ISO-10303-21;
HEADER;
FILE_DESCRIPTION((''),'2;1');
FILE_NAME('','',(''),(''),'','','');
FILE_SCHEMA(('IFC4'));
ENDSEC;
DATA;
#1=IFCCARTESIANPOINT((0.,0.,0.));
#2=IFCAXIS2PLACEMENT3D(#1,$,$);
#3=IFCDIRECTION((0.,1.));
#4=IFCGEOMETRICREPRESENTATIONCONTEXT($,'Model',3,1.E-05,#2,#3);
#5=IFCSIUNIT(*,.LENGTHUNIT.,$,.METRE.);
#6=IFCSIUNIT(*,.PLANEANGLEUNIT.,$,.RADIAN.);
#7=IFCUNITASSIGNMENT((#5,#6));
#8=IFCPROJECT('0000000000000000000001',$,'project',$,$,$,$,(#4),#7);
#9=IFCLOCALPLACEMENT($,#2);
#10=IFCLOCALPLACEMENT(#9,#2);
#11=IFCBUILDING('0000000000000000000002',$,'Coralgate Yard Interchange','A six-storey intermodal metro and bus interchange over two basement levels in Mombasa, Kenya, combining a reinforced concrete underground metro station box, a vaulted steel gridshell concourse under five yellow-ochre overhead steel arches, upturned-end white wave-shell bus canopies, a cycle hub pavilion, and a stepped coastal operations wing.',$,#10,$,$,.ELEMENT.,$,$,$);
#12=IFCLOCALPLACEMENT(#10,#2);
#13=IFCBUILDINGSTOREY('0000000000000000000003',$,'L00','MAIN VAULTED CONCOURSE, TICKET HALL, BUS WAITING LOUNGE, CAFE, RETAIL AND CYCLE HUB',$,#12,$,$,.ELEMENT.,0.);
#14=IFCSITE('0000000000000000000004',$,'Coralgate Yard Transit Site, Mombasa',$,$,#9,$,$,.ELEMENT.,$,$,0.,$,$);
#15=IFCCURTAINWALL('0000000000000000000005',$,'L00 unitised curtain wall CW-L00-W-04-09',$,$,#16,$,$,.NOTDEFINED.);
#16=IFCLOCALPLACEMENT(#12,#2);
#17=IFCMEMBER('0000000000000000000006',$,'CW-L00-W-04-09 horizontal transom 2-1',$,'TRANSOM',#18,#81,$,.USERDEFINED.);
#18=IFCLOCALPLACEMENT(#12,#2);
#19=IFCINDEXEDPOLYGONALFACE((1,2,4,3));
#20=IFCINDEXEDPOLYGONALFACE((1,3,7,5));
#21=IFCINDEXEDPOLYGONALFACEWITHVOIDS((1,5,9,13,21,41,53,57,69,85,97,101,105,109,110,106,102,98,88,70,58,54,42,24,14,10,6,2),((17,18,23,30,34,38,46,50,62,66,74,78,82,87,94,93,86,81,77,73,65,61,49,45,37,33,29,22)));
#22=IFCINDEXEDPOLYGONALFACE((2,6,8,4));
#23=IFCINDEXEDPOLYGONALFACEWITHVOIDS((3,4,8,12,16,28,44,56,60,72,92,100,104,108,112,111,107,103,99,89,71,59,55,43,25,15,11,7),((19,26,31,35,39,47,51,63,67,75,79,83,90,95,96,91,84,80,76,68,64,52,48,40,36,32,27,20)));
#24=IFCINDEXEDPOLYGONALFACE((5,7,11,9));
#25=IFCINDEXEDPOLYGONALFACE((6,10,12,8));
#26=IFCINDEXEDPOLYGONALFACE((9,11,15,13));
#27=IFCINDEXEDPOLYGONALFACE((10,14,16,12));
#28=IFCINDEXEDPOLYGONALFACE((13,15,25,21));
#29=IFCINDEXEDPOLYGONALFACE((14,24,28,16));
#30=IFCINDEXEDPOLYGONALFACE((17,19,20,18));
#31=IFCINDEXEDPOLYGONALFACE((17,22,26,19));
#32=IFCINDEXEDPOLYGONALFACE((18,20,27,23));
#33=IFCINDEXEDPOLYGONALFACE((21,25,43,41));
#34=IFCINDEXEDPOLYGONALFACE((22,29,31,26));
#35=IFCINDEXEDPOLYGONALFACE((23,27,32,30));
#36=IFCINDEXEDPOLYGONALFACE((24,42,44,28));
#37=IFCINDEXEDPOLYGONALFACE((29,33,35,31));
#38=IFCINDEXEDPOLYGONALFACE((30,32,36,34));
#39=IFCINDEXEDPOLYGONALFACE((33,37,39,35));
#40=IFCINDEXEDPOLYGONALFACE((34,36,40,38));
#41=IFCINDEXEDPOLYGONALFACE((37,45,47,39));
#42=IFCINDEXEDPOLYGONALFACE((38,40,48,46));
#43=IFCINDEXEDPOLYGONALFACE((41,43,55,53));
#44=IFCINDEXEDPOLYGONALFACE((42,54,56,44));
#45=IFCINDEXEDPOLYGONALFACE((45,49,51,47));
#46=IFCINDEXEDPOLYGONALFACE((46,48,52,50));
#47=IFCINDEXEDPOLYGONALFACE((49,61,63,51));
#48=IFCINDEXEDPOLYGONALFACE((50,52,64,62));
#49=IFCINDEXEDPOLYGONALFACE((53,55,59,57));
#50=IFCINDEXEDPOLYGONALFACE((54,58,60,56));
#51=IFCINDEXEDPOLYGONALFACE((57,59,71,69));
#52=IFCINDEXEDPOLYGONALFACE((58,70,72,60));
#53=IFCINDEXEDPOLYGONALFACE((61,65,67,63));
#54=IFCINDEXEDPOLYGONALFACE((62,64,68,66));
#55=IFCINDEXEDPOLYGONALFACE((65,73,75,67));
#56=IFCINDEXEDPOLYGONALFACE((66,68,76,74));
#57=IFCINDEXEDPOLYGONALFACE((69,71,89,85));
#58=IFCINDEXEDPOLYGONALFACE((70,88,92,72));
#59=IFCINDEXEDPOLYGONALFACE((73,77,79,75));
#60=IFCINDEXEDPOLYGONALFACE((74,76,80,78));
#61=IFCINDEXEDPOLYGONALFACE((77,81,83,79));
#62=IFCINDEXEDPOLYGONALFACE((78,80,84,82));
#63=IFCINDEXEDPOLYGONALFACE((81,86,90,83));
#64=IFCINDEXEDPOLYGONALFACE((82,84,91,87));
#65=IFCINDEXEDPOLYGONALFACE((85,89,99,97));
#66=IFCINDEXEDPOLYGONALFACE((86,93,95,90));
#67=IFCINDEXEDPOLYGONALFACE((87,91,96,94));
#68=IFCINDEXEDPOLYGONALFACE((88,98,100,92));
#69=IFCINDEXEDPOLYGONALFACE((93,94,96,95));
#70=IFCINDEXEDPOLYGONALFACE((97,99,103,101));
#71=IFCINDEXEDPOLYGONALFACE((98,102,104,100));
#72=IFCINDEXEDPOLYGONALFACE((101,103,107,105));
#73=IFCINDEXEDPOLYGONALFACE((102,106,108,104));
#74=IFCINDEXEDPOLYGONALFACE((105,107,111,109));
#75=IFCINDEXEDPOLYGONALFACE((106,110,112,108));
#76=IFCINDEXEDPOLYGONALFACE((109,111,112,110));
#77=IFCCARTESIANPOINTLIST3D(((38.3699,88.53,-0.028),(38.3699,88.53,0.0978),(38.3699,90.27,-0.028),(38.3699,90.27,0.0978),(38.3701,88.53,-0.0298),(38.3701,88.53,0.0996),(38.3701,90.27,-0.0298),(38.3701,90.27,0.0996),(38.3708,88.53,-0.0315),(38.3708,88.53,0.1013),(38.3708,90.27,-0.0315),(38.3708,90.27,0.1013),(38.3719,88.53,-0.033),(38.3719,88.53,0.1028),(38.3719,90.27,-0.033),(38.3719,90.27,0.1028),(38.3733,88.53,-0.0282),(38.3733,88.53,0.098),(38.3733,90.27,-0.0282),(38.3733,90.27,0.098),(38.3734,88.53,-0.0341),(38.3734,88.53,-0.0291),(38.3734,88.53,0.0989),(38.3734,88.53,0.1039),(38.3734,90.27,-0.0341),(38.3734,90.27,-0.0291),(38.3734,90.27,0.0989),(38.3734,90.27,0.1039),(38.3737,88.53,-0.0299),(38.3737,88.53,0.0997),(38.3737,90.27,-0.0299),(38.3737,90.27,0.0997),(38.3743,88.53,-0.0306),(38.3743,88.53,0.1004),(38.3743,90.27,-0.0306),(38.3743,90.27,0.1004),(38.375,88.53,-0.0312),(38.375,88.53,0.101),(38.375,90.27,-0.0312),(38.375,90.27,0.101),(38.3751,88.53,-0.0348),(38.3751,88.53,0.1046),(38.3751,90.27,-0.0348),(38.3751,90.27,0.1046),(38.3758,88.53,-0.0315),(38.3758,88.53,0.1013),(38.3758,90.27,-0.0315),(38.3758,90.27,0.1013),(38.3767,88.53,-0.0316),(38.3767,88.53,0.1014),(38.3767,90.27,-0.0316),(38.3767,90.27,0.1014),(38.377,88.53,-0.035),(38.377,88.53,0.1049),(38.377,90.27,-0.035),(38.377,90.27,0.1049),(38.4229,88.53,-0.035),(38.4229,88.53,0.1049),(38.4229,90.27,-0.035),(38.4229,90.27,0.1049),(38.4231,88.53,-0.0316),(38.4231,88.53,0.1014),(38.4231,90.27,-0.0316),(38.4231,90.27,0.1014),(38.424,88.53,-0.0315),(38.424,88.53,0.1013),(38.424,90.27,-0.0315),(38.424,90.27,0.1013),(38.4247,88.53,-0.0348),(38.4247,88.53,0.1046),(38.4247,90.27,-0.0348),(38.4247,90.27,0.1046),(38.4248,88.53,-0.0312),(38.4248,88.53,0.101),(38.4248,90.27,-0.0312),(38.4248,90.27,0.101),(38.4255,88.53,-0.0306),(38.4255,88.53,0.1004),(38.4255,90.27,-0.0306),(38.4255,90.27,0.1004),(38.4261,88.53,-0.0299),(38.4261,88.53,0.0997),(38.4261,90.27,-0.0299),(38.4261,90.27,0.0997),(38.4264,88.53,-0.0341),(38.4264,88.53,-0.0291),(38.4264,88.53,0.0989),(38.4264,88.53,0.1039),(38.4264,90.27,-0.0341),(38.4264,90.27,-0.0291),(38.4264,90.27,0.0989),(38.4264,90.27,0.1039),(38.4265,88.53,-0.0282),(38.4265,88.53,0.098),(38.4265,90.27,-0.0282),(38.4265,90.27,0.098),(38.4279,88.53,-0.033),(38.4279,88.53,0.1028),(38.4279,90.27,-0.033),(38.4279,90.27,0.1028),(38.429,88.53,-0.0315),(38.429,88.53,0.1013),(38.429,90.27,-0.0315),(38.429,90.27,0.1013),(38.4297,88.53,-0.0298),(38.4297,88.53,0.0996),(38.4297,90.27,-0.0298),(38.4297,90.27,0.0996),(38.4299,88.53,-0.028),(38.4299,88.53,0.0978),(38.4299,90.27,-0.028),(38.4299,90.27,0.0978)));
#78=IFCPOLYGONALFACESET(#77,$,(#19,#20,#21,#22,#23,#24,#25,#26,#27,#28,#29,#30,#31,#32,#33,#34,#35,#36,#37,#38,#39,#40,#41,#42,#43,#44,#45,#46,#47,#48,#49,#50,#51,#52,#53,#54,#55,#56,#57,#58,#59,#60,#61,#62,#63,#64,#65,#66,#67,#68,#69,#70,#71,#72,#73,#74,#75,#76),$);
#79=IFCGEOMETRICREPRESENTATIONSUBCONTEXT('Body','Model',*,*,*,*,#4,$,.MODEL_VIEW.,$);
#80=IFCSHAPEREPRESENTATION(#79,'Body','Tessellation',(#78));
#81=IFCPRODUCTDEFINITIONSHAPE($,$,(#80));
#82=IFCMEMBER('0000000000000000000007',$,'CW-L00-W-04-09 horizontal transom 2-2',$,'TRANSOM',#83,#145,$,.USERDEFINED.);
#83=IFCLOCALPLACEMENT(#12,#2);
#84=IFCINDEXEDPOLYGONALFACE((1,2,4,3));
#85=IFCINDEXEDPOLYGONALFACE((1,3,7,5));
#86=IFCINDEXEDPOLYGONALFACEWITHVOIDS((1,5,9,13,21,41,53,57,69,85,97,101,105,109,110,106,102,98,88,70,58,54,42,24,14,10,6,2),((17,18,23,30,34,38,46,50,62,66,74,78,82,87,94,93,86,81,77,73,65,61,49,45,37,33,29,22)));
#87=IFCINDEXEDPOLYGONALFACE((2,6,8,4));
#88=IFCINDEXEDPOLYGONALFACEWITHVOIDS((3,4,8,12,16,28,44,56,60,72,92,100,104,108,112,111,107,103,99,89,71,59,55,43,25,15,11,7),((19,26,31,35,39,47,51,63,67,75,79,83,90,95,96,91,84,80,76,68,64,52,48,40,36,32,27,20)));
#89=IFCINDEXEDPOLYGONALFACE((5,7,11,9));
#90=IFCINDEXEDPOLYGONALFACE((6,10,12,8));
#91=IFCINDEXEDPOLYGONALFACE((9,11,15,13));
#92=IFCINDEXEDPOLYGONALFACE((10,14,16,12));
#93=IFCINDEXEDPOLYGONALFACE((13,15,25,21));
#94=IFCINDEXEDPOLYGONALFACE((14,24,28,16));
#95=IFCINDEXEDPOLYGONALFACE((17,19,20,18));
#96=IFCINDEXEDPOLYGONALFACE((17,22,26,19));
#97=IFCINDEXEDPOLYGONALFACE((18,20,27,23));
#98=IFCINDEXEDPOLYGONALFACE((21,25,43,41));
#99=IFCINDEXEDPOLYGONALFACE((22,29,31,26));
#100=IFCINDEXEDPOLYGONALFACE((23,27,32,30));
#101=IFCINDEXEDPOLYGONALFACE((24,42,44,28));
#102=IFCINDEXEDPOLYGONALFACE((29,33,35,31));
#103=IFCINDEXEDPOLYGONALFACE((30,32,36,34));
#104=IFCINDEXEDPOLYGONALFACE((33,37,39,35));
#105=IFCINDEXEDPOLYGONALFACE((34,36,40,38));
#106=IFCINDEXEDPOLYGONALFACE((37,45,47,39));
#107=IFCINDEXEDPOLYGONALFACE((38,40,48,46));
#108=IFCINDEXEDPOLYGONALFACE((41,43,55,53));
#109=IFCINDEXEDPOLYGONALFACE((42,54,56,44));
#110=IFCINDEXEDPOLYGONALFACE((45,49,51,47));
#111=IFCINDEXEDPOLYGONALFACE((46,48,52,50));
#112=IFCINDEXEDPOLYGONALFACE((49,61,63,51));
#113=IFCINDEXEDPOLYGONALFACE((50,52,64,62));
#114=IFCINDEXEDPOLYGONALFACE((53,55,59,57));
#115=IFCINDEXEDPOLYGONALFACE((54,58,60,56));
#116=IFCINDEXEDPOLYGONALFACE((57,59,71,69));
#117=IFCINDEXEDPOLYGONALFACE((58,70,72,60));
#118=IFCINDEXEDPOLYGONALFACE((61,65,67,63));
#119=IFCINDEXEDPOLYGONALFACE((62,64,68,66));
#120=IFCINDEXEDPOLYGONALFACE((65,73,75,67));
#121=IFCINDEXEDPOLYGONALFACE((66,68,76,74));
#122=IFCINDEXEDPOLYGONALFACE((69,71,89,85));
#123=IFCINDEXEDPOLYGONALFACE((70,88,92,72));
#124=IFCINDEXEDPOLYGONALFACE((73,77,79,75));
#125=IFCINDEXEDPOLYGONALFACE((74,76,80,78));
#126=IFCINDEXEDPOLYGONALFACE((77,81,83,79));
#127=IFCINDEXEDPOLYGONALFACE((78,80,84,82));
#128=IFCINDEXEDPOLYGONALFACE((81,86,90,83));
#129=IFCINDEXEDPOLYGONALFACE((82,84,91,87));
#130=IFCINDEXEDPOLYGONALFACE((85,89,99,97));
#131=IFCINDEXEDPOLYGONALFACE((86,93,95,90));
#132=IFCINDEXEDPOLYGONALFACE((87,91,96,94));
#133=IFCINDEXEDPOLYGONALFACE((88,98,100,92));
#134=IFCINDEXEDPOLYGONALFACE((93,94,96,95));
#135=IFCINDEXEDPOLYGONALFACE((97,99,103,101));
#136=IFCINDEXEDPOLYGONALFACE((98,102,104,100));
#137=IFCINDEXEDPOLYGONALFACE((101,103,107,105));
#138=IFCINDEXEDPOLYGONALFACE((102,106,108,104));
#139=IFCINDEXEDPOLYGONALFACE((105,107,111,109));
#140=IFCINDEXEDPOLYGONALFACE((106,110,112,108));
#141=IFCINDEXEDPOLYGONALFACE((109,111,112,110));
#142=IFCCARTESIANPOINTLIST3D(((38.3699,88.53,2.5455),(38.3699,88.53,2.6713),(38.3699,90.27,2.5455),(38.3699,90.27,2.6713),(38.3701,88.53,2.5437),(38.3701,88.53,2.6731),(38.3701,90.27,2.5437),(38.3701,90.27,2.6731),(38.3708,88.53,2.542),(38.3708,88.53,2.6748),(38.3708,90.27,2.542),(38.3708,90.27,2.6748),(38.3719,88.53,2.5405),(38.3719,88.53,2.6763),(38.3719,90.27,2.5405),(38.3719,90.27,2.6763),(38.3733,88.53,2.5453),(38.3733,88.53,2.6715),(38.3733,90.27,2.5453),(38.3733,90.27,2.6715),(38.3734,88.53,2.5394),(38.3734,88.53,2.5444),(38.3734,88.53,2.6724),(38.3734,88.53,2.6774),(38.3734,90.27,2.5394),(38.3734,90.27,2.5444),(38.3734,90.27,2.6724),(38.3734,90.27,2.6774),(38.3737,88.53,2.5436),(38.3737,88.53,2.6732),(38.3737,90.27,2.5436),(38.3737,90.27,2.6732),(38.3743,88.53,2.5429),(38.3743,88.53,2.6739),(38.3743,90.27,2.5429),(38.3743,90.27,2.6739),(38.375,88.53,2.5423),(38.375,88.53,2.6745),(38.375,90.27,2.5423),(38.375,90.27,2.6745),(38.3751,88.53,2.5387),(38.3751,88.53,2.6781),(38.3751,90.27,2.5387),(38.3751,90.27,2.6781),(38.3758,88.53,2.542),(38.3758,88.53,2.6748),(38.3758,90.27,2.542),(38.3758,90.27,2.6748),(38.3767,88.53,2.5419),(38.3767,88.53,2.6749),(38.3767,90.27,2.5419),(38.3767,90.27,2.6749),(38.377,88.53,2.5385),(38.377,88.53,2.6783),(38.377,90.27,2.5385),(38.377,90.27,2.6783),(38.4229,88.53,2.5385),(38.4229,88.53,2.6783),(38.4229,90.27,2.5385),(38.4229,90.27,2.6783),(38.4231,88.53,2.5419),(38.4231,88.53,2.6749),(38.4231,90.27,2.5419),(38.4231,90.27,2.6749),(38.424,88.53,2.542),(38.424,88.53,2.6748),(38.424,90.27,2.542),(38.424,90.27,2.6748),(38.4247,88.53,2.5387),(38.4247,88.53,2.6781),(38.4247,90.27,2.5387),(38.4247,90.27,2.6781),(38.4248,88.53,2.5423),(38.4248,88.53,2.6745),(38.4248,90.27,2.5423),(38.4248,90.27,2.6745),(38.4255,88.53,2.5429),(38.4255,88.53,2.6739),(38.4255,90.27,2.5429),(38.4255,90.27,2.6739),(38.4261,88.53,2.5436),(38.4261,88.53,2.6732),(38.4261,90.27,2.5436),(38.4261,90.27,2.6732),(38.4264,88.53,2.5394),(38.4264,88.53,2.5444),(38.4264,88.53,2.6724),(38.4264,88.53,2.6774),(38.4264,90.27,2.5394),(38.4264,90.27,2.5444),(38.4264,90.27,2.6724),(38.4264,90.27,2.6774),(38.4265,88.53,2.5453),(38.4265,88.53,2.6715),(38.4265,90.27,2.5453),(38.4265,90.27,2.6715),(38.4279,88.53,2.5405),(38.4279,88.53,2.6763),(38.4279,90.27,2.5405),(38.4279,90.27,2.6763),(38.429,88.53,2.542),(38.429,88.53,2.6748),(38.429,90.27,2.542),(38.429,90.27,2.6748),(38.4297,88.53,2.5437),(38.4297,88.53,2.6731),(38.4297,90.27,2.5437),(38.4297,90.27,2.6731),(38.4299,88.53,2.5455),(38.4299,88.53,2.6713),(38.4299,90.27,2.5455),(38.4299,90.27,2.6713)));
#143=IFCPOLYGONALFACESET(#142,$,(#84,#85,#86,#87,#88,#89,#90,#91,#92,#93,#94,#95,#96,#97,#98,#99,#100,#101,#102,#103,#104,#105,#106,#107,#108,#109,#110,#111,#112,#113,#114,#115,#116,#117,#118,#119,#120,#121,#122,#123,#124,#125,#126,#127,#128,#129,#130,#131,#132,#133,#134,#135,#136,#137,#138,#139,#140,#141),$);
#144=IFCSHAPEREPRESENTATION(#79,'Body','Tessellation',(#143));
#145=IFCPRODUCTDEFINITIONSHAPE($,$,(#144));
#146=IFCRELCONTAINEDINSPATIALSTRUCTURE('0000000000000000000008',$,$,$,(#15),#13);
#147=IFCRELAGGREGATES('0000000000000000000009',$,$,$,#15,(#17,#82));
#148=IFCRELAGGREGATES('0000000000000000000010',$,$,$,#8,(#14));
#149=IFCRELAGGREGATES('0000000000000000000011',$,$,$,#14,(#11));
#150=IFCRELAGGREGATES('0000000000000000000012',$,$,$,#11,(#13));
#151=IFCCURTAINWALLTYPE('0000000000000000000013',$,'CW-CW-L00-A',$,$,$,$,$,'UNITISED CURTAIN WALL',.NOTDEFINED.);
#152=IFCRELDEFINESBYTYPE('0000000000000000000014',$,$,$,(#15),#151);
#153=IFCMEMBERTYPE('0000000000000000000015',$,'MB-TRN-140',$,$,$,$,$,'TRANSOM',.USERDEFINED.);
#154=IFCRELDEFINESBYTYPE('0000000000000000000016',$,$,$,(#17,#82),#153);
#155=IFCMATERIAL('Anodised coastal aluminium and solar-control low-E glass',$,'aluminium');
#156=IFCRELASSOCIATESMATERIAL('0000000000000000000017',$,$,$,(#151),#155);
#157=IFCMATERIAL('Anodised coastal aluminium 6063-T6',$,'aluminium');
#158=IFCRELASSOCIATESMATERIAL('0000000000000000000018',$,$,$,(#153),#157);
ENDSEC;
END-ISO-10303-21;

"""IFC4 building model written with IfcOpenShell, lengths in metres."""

from ifc_helpers import new_model, si_unit, direction, frame, origin, origin_2d, place, context, subcontext, project, spatial, hollow_rectangle, extrude, material, material_profile, profile_set, type_object, element, aggregate, save


model = new_model("IFC4")

# Units and contexts
model_context = context("Model", 3, precision=1e-05, world=origin(), true_north=direction((0.0, 1.0)))
body_context = subcontext(model_context, "Body", "Model", "MODEL_VIEW")
ifc_project = project(units=[si_unit("LENGTHUNIT", "METRE"), si_unit("PLANEANGLEUNIT", "RADIAN")], contexts=[model_context])

# Site, building, storey
site_placement = place(None, origin())
site = spatial("IfcSite", under=ifc_project, at=site_placement, Name="Coralgate Yard Transit Site, Mombasa", CompositionType="ELEMENT", RefElevation=0.0)
building_placement = place(site_placement, origin())
building = spatial("IfcBuilding", under=site, at=building_placement, Name="Coralgate Yard Interchange", Description="A six-storey intermodal metro and bus interchange over two basement levels in Mombasa, Kenya, combining a reinforced concrete underground metro station box, a vaulted steel gridshell concourse under five yellow-ochre overhead steel arches, upturned-end white wave-shell bus canopies, a cycle hub pavilion, and a stepped coastal operations wing.", CompositionType="ELEMENT")
storey_placement = place(building_placement, origin())
storey = spatial("IfcBuildingStorey", under=building, at=storey_placement, Name="L00", Description="MAIN VAULTED CONCOURSE, TICKET HALL, BUS WAITING LOUNGE, CAFE, RETAIL AND CYCLE HUB", CompositionType="ELEMENT", Elevation=0.0)

# Curtain wall, members
ifc_material_1 = material(Name="Anodised coastal aluminium and solar-control low-E glass", Category="aluminium")
curtain_wall_type = type_object("IfcCurtainWallType", Name="CW-CW-L00-A", ElementType="UNITISED CURTAIN WALL", PredefinedType="NOTDEFINED", material=ifc_material_1)
curtain_wall_placement = place(storey_placement, origin())
curtain_wall = element("IfcCurtainWall", 1, at=curtain_wall_placement, inside=storey, type_object=curtain_wall_type, Name="L00 unitised curtain wall CW-L00-W-04-09", PredefinedType="NOTDEFINED")
ifc_material_2 = material(Name="Anodised coastal aluminium 6063-T6", Category="aluminium")
ifc_material_profile_1 = material_profile(ifc_material_2, hollow_rectangle(XDim=0.0601, YDim=0.1399, WallThickness=0.0034, InnerFilletRadius=0.0034, OuterFilletRadius=0.0071, at=origin_2d()), Name="ALU 60x140x3.5")
ifc_profile_set_1 = profile_set([ifc_material_profile_1], Name="Anodised coastal aluminium 6063-T6")
member_type_1 = type_object("IfcMemberType", Name="MB-TRN-140", ElementType="TRANSOM", PredefinedType="USERDEFINED", material=ifc_profile_set_1)
member_1_placement = place(storey_placement, frame((38.3999, 88.53, 0.0349), z_axis=(0.0, 1.0, 0.0), x_axis=(-1.0, 0.0, 0.0)))
member_1 = element("IfcMember", 2, at=member_1_placement, type_object=member_type_1, Name="CW-L00-W-04-09 horizontal transom 2-1", ObjectType="TRANSOM", PredefinedType="USERDEFINED", context=body_context, shape_type="SweptSolid", body=[
    extrude(hollow_rectangle(XDim=0.0601, YDim=0.1399, WallThickness=0.0034, InnerFilletRadius=0.0034, OuterFilletRadius=0.0071, at=origin_2d()), origin(), (0.0, 0.0, 1.0), 1.74),
])
member_2_placement = place(storey_placement, frame((38.3999, 88.53, 2.6084), z_axis=(0.0, 1.0, 0.0), x_axis=(-1.0, 0.0, 0.0)))
member_2 = element("IfcMember", 3, at=member_2_placement, type_object=member_type_1, Name="CW-L00-W-04-09 horizontal transom 2-2", ObjectType="TRANSOM", PredefinedType="USERDEFINED", context=body_context, shape_type="SweptSolid", body=[
    extrude(hollow_rectangle(XDim=0.0601, YDim=0.1399, WallThickness=0.0034, InnerFilletRadius=0.0034, OuterFilletRadius=0.0071, at=origin_2d()), origin(), (0.0, 0.0, 1.0), 1.74),
])
aggregate(curtain_wall, [member_1, member_2])

save(model, "model.ifc")
